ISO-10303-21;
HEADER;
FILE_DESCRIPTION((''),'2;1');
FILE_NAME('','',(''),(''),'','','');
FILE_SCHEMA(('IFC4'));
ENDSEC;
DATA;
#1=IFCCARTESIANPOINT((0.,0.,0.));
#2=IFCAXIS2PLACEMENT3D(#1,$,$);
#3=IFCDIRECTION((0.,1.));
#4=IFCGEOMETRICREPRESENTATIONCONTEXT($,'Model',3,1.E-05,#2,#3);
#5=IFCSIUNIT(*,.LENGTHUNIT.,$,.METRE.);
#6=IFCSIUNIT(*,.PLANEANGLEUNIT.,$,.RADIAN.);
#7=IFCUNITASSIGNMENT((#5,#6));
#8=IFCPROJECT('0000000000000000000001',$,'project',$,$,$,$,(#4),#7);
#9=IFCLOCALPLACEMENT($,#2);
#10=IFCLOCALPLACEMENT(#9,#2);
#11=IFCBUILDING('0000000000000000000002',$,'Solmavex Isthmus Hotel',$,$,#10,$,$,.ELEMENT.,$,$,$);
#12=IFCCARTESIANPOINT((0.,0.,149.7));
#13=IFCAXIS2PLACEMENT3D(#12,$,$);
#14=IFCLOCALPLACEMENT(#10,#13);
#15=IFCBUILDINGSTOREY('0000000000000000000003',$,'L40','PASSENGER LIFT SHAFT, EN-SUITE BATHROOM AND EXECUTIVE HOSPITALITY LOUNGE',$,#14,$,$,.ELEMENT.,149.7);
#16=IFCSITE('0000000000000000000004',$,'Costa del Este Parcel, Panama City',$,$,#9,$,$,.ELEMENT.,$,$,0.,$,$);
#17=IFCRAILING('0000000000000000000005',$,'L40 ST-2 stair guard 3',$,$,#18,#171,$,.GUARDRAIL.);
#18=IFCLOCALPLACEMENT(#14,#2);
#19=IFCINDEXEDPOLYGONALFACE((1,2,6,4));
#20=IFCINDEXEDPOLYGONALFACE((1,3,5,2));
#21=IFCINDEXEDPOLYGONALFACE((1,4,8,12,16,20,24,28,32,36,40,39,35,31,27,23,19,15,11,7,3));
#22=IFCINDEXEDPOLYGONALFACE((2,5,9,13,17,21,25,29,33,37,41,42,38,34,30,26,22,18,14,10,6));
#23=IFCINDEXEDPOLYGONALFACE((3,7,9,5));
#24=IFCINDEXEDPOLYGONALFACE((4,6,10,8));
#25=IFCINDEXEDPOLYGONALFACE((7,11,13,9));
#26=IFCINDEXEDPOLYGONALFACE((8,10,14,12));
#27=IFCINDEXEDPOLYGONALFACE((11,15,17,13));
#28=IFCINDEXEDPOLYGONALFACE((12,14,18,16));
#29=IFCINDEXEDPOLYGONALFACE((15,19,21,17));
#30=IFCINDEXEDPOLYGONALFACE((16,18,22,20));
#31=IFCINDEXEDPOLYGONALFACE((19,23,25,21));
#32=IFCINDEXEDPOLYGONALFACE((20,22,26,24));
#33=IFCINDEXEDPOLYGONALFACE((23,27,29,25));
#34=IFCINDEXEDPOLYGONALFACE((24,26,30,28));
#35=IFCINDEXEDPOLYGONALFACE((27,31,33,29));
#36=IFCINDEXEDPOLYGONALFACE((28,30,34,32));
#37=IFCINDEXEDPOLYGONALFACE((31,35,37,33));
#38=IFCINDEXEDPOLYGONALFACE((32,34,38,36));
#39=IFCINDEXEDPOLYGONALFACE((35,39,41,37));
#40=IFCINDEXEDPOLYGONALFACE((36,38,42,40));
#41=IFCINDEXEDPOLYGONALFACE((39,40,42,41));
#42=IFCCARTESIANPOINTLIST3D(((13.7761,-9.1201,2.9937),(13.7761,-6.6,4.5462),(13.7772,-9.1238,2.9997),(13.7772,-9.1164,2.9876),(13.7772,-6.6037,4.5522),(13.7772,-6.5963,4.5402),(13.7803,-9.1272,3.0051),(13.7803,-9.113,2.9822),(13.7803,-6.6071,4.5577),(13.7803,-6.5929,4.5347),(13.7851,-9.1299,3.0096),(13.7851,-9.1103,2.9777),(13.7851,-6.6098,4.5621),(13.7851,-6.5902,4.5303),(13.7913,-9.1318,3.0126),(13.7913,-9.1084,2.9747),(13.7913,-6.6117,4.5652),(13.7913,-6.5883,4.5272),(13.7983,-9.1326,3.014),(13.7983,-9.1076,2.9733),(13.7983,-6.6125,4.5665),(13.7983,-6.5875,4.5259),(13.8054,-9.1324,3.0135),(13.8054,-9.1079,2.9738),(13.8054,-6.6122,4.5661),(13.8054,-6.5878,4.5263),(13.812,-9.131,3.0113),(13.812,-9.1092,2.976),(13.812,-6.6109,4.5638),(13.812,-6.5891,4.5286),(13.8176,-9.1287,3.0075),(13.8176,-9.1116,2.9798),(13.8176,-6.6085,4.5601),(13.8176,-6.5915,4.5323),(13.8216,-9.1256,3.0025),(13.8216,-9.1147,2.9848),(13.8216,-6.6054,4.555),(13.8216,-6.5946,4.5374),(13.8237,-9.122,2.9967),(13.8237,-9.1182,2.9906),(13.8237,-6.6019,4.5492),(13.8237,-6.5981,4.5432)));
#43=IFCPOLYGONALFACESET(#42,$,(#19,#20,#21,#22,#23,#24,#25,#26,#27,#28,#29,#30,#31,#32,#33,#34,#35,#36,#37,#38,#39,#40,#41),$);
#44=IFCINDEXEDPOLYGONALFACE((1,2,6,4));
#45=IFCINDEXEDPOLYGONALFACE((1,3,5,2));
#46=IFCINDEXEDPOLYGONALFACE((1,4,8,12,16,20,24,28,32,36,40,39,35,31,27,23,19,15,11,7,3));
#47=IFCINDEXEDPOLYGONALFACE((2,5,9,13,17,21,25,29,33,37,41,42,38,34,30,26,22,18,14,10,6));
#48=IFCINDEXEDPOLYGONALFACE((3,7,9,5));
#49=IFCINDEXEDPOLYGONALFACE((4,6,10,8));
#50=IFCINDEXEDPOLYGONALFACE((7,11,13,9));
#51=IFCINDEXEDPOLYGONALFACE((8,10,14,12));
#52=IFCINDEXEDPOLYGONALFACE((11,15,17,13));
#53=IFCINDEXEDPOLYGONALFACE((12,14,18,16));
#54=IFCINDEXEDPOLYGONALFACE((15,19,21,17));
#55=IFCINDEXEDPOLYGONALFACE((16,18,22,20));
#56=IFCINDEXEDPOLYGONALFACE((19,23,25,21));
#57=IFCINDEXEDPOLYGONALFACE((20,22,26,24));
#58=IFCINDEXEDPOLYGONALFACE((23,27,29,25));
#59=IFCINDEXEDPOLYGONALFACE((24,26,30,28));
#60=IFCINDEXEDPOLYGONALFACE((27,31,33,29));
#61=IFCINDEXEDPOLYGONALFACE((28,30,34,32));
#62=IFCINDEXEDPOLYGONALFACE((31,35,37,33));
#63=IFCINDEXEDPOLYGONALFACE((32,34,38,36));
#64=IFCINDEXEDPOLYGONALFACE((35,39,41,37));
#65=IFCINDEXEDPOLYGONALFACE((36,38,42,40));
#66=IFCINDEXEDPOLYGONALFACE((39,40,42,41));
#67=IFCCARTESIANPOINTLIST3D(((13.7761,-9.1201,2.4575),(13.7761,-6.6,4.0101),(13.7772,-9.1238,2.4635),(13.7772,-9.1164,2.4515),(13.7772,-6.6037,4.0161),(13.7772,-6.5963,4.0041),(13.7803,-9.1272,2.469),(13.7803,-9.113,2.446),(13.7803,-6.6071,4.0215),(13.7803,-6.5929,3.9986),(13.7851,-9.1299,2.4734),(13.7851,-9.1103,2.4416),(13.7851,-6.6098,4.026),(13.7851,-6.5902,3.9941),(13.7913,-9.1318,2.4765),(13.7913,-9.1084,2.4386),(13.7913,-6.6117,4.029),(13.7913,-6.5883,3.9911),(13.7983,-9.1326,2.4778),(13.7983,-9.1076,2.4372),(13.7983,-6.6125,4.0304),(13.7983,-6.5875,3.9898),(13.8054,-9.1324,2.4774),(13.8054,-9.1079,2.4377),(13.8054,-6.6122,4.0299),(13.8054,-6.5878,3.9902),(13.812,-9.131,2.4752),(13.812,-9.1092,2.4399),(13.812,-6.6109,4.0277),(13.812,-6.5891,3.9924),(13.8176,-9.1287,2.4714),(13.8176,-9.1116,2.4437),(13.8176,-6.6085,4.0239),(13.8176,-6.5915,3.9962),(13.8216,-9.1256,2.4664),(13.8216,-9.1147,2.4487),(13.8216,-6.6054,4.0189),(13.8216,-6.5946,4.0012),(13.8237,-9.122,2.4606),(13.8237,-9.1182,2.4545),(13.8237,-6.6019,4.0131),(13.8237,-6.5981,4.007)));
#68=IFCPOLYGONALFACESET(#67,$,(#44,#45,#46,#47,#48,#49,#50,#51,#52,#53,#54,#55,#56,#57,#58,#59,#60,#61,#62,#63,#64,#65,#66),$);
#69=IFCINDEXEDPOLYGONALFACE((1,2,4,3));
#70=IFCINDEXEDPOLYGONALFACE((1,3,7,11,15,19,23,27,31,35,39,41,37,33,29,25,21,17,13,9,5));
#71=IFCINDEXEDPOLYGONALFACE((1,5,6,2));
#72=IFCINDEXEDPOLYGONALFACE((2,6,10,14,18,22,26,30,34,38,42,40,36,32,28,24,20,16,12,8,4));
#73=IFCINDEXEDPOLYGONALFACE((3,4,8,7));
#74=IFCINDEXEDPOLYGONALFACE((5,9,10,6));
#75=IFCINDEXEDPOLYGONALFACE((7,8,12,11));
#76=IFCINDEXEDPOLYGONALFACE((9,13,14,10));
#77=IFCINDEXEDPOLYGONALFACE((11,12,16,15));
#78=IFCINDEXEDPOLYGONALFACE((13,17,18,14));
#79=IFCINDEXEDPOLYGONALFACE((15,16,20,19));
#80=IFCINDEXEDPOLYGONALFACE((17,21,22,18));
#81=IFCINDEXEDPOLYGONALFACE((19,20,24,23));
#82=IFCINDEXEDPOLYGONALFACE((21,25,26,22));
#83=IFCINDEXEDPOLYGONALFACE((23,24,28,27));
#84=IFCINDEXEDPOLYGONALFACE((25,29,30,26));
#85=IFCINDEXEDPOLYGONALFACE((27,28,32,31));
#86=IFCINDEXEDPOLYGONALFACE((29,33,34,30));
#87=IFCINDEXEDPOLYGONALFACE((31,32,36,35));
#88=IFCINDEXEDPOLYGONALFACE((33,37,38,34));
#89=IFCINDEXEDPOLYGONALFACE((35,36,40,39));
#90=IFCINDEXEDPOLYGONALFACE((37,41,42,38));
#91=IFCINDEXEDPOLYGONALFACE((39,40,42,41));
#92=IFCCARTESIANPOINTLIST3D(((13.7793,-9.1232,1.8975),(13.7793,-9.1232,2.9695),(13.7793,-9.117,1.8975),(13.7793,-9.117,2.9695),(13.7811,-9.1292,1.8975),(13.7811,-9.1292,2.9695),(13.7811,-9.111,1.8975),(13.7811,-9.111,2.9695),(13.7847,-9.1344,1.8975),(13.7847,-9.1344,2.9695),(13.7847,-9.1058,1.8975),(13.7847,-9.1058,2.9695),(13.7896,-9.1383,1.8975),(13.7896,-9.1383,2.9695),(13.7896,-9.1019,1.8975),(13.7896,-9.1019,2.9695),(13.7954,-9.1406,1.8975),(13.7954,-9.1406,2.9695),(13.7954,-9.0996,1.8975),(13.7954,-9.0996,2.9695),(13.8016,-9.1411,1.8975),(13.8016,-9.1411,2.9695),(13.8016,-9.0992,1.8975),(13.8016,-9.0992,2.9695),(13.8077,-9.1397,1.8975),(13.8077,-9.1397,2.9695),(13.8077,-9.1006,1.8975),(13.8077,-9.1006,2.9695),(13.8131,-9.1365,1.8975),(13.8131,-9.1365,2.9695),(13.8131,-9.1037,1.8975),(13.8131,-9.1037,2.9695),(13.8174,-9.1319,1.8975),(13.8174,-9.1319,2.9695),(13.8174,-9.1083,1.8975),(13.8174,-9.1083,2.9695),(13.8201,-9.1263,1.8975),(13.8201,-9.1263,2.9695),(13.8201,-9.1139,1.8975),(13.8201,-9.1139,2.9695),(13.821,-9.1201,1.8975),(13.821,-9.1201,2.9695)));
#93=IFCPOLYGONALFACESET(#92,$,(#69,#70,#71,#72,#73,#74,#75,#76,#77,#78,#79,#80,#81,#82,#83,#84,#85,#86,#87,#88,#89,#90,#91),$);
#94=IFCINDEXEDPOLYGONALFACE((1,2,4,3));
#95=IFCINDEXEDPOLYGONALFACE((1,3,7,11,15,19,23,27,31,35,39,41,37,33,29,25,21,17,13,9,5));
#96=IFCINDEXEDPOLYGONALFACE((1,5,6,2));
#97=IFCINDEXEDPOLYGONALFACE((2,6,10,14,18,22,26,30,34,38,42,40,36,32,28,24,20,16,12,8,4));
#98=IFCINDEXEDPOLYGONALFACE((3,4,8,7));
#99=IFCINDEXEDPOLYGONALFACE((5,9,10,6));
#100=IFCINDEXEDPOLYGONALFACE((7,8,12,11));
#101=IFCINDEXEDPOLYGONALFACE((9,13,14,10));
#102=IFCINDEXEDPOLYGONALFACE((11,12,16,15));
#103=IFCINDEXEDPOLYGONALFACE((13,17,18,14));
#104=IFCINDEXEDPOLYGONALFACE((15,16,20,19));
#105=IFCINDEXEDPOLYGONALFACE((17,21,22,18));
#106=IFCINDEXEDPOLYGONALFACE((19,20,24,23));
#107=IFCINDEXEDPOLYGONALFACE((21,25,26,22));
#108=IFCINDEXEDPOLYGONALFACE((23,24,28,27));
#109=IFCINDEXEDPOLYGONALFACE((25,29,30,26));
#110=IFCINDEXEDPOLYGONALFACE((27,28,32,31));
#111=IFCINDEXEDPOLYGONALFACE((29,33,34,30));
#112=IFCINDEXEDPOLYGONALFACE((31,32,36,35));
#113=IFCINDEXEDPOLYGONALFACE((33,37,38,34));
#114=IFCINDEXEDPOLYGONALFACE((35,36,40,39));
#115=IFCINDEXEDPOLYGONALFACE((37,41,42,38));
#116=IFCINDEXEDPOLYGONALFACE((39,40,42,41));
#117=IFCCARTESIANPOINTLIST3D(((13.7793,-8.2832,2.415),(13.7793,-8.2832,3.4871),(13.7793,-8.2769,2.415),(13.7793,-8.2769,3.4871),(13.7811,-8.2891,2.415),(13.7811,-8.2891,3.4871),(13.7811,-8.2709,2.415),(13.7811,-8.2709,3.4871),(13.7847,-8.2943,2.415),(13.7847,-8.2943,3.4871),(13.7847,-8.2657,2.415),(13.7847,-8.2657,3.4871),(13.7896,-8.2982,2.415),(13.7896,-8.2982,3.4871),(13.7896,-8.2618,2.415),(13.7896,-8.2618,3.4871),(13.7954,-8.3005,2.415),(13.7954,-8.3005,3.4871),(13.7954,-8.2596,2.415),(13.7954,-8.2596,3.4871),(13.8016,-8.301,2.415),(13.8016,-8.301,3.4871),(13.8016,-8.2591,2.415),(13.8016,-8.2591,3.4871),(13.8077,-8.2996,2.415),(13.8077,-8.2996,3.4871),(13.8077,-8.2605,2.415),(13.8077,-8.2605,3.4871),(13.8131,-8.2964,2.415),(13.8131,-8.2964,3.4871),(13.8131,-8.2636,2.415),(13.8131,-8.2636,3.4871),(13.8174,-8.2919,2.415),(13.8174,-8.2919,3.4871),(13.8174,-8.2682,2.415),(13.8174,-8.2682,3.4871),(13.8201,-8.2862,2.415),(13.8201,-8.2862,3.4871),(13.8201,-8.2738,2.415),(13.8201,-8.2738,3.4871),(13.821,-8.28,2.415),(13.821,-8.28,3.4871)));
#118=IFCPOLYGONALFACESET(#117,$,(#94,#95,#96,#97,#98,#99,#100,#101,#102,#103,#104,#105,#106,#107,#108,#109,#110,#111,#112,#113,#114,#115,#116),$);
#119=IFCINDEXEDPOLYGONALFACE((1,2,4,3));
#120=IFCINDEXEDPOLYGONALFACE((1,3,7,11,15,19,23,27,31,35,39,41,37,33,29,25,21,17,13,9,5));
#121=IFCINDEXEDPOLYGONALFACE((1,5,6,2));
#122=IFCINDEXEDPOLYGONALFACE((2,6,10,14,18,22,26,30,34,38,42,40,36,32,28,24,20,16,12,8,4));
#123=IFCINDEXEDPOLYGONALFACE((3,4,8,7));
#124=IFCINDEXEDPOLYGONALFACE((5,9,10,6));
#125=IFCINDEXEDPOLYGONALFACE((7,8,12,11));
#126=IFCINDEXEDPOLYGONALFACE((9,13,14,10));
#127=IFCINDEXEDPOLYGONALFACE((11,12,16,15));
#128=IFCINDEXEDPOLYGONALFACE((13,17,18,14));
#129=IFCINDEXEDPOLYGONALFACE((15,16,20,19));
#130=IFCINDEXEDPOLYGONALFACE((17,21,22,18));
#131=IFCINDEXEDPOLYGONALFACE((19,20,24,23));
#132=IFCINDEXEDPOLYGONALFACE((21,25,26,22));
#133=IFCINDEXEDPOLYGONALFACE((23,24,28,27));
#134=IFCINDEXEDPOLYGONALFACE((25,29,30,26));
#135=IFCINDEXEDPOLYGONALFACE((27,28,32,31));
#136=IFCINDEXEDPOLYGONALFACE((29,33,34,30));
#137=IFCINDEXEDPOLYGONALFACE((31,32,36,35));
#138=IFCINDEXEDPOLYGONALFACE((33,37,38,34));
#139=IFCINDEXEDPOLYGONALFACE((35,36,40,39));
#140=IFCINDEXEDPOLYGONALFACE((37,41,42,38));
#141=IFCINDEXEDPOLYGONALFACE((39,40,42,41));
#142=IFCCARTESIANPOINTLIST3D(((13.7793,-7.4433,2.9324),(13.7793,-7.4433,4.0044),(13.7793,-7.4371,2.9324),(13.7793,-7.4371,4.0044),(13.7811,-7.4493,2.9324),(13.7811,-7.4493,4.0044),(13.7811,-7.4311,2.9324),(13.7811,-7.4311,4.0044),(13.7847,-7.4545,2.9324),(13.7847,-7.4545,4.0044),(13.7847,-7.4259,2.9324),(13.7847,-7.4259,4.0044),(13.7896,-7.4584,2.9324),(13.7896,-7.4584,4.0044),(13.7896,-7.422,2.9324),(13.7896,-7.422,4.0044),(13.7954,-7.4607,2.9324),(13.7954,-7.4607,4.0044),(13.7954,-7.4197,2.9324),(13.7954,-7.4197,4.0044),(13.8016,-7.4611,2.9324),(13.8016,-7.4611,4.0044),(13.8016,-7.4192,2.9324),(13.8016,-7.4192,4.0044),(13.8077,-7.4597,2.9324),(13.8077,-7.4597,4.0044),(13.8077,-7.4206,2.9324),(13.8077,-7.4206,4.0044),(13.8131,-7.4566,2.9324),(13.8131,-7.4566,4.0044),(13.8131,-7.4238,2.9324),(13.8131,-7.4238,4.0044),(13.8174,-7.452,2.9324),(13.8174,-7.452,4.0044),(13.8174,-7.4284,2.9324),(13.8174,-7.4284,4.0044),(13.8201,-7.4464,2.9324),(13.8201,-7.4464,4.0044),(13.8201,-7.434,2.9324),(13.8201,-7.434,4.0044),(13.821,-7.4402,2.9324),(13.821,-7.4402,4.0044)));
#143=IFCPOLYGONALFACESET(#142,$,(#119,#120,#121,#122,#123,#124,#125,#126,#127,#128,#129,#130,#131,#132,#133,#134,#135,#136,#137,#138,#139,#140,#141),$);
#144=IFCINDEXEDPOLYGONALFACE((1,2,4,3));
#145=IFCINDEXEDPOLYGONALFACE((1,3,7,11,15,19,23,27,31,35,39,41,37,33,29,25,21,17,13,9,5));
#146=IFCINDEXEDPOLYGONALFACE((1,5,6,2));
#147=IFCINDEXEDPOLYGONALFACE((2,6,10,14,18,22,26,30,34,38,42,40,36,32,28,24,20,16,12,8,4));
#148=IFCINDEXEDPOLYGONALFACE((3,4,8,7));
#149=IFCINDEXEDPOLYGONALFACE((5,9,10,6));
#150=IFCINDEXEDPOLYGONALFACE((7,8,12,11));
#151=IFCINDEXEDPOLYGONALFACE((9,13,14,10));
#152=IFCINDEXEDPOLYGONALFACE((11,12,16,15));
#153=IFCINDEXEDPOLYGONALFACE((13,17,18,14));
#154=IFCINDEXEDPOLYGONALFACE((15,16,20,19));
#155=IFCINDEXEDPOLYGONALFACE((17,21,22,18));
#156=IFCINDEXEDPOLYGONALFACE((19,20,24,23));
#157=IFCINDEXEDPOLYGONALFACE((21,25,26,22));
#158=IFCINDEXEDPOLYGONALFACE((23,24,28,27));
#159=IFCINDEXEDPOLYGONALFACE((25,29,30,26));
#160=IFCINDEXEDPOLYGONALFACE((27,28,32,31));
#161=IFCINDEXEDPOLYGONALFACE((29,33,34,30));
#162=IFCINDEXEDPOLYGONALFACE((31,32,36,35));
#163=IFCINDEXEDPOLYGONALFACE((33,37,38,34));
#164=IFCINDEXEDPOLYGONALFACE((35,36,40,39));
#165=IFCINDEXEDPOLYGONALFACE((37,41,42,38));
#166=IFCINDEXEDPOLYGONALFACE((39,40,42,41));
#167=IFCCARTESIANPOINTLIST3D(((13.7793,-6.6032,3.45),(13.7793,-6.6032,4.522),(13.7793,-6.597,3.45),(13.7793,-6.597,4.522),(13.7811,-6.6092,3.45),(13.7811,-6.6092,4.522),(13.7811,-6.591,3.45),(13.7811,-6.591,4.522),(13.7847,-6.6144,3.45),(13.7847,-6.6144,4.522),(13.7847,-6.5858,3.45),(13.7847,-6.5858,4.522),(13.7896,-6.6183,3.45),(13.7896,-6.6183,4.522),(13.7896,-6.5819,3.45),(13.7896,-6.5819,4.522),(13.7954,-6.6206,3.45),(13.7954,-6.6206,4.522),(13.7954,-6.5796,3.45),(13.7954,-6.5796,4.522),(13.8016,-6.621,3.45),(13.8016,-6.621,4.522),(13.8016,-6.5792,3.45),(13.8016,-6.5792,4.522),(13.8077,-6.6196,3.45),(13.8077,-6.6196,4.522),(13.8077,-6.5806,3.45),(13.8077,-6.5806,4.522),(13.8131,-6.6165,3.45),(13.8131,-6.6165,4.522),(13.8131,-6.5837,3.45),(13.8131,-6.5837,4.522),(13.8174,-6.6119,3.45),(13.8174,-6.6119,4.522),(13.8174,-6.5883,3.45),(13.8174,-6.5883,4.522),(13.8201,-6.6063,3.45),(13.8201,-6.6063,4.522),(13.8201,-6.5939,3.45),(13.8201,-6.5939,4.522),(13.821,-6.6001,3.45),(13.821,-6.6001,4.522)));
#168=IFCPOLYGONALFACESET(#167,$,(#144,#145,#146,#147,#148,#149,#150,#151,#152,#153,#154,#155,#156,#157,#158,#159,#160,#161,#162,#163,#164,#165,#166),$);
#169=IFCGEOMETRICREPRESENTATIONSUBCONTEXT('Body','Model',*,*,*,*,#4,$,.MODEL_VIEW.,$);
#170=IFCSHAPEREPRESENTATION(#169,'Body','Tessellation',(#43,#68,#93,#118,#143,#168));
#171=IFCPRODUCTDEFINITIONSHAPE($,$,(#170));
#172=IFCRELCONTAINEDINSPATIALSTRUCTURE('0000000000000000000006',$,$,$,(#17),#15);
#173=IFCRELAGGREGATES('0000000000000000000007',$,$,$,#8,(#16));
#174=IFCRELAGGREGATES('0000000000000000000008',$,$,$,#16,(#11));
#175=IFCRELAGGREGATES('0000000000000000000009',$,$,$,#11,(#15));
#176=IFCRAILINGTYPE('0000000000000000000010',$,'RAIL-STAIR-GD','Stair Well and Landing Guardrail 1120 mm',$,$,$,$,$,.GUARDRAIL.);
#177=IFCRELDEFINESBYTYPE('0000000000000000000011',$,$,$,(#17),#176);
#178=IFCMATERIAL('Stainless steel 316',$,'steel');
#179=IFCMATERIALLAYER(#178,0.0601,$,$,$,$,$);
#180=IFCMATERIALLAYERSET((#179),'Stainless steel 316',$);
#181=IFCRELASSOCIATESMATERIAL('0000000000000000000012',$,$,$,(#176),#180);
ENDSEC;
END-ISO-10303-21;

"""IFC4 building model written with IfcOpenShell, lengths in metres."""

from ifc_helpers import new_model, si_unit, direction, frame, origin, origin_2d, place, context, subcontext, project, spatial, circle, extrude, material, layer, layer_set, type_object, element, save


model = new_model("IFC4")

# Units and contexts
model_context = context("Model", 3, precision=1e-05, world=origin(), true_north=direction((0.0, 1.0)))
body_context = subcontext(model_context, "Body", "Model", "MODEL_VIEW")
ifc_project = project(units=[si_unit("LENGTHUNIT", "METRE"), si_unit("PLANEANGLEUNIT", "RADIAN")], contexts=[model_context])

# Site, building, storey
site_placement = place(None, origin())
site = spatial("IfcSite", under=ifc_project, at=site_placement, Name="Costa del Este Parcel, Panama City", CompositionType="ELEMENT", RefElevation=0.0)
building_placement = place(site_placement, origin())
building = spatial("IfcBuilding", under=site, at=building_placement, Name="Solmavex Isthmus Hotel", CompositionType="ELEMENT")
storey_placement = place(building_placement, frame((0.0, 0.0, 149.7)))
storey = spatial("IfcBuildingStorey", under=building, at=storey_placement, Name="L40", Description="PASSENGER LIFT SHAFT, EN-SUITE BATHROOM AND EXECUTIVE HOSPITALITY LOUNGE", CompositionType="ELEMENT", Elevation=149.7)

# Railing
ifc_material_1 = material(Name="Stainless steel 316", Category="steel")
ifc_layer_1 = layer(ifc_material_1, 0.0601)
ifc_layer_set_1 = layer_set([ifc_layer_1], Name="Stainless steel 316")
railing_type_1 = type_object("IfcRailingType", Name="RAIL-STAIR-GD", Description="Stair Well and Landing Guardrail 1120 mm", PredefinedType="GUARDRAIL", material=ifc_layer_set_1)
railing_1_placement = place(storey_placement, frame((13.8, -9.1201, 1.8975)))
element("IfcRailing", 1, at=railing_1_placement, inside=storey, type_object=railing_type_1, Name="L40 ST-2 stair guard 3", PredefinedType="GUARDRAIL", context=body_context, shape_type="SweptSolid", body=[
    extrude(circle(Radius=0.0239, at=origin_2d()), frame((0.0, 0.0, 1.0962), z_axis=(0.0, 0.8514, 0.524516), x_axis=(-1.0, 0.0, 0.0)), (0.0, 0.0, 1.0), 2.96),
    extrude(circle(Radius=0.0239, at=origin_2d()), frame((0.0, 0.0, 0.5601), z_axis=(0.0, 0.8514, 0.524516), x_axis=(-1.0, 0.0, 0.0)), (0.0, 0.0, 1.0), 2.96),
    extrude(circle(Radius=0.021, at=origin_2d()), origin(), (0.0, 0.0, 1.0), 1.072),
    extrude(circle(Radius=0.021, at=origin_2d()), frame((0.0, 0.8401, 0.5176)), (0.0, 0.0, 1.0), 1.072),
    extrude(circle(Radius=0.021, at=origin_2d()), frame((0.0, 1.6799, 1.0349)), (0.0, 0.0, 1.0), 1.072),
    extrude(circle(Radius=0.021, at=origin_2d()), frame((0.0, 2.52, 1.5525)), (0.0, 0.0, 1.0), 1.072),
])

save(model, "model.ifc")
